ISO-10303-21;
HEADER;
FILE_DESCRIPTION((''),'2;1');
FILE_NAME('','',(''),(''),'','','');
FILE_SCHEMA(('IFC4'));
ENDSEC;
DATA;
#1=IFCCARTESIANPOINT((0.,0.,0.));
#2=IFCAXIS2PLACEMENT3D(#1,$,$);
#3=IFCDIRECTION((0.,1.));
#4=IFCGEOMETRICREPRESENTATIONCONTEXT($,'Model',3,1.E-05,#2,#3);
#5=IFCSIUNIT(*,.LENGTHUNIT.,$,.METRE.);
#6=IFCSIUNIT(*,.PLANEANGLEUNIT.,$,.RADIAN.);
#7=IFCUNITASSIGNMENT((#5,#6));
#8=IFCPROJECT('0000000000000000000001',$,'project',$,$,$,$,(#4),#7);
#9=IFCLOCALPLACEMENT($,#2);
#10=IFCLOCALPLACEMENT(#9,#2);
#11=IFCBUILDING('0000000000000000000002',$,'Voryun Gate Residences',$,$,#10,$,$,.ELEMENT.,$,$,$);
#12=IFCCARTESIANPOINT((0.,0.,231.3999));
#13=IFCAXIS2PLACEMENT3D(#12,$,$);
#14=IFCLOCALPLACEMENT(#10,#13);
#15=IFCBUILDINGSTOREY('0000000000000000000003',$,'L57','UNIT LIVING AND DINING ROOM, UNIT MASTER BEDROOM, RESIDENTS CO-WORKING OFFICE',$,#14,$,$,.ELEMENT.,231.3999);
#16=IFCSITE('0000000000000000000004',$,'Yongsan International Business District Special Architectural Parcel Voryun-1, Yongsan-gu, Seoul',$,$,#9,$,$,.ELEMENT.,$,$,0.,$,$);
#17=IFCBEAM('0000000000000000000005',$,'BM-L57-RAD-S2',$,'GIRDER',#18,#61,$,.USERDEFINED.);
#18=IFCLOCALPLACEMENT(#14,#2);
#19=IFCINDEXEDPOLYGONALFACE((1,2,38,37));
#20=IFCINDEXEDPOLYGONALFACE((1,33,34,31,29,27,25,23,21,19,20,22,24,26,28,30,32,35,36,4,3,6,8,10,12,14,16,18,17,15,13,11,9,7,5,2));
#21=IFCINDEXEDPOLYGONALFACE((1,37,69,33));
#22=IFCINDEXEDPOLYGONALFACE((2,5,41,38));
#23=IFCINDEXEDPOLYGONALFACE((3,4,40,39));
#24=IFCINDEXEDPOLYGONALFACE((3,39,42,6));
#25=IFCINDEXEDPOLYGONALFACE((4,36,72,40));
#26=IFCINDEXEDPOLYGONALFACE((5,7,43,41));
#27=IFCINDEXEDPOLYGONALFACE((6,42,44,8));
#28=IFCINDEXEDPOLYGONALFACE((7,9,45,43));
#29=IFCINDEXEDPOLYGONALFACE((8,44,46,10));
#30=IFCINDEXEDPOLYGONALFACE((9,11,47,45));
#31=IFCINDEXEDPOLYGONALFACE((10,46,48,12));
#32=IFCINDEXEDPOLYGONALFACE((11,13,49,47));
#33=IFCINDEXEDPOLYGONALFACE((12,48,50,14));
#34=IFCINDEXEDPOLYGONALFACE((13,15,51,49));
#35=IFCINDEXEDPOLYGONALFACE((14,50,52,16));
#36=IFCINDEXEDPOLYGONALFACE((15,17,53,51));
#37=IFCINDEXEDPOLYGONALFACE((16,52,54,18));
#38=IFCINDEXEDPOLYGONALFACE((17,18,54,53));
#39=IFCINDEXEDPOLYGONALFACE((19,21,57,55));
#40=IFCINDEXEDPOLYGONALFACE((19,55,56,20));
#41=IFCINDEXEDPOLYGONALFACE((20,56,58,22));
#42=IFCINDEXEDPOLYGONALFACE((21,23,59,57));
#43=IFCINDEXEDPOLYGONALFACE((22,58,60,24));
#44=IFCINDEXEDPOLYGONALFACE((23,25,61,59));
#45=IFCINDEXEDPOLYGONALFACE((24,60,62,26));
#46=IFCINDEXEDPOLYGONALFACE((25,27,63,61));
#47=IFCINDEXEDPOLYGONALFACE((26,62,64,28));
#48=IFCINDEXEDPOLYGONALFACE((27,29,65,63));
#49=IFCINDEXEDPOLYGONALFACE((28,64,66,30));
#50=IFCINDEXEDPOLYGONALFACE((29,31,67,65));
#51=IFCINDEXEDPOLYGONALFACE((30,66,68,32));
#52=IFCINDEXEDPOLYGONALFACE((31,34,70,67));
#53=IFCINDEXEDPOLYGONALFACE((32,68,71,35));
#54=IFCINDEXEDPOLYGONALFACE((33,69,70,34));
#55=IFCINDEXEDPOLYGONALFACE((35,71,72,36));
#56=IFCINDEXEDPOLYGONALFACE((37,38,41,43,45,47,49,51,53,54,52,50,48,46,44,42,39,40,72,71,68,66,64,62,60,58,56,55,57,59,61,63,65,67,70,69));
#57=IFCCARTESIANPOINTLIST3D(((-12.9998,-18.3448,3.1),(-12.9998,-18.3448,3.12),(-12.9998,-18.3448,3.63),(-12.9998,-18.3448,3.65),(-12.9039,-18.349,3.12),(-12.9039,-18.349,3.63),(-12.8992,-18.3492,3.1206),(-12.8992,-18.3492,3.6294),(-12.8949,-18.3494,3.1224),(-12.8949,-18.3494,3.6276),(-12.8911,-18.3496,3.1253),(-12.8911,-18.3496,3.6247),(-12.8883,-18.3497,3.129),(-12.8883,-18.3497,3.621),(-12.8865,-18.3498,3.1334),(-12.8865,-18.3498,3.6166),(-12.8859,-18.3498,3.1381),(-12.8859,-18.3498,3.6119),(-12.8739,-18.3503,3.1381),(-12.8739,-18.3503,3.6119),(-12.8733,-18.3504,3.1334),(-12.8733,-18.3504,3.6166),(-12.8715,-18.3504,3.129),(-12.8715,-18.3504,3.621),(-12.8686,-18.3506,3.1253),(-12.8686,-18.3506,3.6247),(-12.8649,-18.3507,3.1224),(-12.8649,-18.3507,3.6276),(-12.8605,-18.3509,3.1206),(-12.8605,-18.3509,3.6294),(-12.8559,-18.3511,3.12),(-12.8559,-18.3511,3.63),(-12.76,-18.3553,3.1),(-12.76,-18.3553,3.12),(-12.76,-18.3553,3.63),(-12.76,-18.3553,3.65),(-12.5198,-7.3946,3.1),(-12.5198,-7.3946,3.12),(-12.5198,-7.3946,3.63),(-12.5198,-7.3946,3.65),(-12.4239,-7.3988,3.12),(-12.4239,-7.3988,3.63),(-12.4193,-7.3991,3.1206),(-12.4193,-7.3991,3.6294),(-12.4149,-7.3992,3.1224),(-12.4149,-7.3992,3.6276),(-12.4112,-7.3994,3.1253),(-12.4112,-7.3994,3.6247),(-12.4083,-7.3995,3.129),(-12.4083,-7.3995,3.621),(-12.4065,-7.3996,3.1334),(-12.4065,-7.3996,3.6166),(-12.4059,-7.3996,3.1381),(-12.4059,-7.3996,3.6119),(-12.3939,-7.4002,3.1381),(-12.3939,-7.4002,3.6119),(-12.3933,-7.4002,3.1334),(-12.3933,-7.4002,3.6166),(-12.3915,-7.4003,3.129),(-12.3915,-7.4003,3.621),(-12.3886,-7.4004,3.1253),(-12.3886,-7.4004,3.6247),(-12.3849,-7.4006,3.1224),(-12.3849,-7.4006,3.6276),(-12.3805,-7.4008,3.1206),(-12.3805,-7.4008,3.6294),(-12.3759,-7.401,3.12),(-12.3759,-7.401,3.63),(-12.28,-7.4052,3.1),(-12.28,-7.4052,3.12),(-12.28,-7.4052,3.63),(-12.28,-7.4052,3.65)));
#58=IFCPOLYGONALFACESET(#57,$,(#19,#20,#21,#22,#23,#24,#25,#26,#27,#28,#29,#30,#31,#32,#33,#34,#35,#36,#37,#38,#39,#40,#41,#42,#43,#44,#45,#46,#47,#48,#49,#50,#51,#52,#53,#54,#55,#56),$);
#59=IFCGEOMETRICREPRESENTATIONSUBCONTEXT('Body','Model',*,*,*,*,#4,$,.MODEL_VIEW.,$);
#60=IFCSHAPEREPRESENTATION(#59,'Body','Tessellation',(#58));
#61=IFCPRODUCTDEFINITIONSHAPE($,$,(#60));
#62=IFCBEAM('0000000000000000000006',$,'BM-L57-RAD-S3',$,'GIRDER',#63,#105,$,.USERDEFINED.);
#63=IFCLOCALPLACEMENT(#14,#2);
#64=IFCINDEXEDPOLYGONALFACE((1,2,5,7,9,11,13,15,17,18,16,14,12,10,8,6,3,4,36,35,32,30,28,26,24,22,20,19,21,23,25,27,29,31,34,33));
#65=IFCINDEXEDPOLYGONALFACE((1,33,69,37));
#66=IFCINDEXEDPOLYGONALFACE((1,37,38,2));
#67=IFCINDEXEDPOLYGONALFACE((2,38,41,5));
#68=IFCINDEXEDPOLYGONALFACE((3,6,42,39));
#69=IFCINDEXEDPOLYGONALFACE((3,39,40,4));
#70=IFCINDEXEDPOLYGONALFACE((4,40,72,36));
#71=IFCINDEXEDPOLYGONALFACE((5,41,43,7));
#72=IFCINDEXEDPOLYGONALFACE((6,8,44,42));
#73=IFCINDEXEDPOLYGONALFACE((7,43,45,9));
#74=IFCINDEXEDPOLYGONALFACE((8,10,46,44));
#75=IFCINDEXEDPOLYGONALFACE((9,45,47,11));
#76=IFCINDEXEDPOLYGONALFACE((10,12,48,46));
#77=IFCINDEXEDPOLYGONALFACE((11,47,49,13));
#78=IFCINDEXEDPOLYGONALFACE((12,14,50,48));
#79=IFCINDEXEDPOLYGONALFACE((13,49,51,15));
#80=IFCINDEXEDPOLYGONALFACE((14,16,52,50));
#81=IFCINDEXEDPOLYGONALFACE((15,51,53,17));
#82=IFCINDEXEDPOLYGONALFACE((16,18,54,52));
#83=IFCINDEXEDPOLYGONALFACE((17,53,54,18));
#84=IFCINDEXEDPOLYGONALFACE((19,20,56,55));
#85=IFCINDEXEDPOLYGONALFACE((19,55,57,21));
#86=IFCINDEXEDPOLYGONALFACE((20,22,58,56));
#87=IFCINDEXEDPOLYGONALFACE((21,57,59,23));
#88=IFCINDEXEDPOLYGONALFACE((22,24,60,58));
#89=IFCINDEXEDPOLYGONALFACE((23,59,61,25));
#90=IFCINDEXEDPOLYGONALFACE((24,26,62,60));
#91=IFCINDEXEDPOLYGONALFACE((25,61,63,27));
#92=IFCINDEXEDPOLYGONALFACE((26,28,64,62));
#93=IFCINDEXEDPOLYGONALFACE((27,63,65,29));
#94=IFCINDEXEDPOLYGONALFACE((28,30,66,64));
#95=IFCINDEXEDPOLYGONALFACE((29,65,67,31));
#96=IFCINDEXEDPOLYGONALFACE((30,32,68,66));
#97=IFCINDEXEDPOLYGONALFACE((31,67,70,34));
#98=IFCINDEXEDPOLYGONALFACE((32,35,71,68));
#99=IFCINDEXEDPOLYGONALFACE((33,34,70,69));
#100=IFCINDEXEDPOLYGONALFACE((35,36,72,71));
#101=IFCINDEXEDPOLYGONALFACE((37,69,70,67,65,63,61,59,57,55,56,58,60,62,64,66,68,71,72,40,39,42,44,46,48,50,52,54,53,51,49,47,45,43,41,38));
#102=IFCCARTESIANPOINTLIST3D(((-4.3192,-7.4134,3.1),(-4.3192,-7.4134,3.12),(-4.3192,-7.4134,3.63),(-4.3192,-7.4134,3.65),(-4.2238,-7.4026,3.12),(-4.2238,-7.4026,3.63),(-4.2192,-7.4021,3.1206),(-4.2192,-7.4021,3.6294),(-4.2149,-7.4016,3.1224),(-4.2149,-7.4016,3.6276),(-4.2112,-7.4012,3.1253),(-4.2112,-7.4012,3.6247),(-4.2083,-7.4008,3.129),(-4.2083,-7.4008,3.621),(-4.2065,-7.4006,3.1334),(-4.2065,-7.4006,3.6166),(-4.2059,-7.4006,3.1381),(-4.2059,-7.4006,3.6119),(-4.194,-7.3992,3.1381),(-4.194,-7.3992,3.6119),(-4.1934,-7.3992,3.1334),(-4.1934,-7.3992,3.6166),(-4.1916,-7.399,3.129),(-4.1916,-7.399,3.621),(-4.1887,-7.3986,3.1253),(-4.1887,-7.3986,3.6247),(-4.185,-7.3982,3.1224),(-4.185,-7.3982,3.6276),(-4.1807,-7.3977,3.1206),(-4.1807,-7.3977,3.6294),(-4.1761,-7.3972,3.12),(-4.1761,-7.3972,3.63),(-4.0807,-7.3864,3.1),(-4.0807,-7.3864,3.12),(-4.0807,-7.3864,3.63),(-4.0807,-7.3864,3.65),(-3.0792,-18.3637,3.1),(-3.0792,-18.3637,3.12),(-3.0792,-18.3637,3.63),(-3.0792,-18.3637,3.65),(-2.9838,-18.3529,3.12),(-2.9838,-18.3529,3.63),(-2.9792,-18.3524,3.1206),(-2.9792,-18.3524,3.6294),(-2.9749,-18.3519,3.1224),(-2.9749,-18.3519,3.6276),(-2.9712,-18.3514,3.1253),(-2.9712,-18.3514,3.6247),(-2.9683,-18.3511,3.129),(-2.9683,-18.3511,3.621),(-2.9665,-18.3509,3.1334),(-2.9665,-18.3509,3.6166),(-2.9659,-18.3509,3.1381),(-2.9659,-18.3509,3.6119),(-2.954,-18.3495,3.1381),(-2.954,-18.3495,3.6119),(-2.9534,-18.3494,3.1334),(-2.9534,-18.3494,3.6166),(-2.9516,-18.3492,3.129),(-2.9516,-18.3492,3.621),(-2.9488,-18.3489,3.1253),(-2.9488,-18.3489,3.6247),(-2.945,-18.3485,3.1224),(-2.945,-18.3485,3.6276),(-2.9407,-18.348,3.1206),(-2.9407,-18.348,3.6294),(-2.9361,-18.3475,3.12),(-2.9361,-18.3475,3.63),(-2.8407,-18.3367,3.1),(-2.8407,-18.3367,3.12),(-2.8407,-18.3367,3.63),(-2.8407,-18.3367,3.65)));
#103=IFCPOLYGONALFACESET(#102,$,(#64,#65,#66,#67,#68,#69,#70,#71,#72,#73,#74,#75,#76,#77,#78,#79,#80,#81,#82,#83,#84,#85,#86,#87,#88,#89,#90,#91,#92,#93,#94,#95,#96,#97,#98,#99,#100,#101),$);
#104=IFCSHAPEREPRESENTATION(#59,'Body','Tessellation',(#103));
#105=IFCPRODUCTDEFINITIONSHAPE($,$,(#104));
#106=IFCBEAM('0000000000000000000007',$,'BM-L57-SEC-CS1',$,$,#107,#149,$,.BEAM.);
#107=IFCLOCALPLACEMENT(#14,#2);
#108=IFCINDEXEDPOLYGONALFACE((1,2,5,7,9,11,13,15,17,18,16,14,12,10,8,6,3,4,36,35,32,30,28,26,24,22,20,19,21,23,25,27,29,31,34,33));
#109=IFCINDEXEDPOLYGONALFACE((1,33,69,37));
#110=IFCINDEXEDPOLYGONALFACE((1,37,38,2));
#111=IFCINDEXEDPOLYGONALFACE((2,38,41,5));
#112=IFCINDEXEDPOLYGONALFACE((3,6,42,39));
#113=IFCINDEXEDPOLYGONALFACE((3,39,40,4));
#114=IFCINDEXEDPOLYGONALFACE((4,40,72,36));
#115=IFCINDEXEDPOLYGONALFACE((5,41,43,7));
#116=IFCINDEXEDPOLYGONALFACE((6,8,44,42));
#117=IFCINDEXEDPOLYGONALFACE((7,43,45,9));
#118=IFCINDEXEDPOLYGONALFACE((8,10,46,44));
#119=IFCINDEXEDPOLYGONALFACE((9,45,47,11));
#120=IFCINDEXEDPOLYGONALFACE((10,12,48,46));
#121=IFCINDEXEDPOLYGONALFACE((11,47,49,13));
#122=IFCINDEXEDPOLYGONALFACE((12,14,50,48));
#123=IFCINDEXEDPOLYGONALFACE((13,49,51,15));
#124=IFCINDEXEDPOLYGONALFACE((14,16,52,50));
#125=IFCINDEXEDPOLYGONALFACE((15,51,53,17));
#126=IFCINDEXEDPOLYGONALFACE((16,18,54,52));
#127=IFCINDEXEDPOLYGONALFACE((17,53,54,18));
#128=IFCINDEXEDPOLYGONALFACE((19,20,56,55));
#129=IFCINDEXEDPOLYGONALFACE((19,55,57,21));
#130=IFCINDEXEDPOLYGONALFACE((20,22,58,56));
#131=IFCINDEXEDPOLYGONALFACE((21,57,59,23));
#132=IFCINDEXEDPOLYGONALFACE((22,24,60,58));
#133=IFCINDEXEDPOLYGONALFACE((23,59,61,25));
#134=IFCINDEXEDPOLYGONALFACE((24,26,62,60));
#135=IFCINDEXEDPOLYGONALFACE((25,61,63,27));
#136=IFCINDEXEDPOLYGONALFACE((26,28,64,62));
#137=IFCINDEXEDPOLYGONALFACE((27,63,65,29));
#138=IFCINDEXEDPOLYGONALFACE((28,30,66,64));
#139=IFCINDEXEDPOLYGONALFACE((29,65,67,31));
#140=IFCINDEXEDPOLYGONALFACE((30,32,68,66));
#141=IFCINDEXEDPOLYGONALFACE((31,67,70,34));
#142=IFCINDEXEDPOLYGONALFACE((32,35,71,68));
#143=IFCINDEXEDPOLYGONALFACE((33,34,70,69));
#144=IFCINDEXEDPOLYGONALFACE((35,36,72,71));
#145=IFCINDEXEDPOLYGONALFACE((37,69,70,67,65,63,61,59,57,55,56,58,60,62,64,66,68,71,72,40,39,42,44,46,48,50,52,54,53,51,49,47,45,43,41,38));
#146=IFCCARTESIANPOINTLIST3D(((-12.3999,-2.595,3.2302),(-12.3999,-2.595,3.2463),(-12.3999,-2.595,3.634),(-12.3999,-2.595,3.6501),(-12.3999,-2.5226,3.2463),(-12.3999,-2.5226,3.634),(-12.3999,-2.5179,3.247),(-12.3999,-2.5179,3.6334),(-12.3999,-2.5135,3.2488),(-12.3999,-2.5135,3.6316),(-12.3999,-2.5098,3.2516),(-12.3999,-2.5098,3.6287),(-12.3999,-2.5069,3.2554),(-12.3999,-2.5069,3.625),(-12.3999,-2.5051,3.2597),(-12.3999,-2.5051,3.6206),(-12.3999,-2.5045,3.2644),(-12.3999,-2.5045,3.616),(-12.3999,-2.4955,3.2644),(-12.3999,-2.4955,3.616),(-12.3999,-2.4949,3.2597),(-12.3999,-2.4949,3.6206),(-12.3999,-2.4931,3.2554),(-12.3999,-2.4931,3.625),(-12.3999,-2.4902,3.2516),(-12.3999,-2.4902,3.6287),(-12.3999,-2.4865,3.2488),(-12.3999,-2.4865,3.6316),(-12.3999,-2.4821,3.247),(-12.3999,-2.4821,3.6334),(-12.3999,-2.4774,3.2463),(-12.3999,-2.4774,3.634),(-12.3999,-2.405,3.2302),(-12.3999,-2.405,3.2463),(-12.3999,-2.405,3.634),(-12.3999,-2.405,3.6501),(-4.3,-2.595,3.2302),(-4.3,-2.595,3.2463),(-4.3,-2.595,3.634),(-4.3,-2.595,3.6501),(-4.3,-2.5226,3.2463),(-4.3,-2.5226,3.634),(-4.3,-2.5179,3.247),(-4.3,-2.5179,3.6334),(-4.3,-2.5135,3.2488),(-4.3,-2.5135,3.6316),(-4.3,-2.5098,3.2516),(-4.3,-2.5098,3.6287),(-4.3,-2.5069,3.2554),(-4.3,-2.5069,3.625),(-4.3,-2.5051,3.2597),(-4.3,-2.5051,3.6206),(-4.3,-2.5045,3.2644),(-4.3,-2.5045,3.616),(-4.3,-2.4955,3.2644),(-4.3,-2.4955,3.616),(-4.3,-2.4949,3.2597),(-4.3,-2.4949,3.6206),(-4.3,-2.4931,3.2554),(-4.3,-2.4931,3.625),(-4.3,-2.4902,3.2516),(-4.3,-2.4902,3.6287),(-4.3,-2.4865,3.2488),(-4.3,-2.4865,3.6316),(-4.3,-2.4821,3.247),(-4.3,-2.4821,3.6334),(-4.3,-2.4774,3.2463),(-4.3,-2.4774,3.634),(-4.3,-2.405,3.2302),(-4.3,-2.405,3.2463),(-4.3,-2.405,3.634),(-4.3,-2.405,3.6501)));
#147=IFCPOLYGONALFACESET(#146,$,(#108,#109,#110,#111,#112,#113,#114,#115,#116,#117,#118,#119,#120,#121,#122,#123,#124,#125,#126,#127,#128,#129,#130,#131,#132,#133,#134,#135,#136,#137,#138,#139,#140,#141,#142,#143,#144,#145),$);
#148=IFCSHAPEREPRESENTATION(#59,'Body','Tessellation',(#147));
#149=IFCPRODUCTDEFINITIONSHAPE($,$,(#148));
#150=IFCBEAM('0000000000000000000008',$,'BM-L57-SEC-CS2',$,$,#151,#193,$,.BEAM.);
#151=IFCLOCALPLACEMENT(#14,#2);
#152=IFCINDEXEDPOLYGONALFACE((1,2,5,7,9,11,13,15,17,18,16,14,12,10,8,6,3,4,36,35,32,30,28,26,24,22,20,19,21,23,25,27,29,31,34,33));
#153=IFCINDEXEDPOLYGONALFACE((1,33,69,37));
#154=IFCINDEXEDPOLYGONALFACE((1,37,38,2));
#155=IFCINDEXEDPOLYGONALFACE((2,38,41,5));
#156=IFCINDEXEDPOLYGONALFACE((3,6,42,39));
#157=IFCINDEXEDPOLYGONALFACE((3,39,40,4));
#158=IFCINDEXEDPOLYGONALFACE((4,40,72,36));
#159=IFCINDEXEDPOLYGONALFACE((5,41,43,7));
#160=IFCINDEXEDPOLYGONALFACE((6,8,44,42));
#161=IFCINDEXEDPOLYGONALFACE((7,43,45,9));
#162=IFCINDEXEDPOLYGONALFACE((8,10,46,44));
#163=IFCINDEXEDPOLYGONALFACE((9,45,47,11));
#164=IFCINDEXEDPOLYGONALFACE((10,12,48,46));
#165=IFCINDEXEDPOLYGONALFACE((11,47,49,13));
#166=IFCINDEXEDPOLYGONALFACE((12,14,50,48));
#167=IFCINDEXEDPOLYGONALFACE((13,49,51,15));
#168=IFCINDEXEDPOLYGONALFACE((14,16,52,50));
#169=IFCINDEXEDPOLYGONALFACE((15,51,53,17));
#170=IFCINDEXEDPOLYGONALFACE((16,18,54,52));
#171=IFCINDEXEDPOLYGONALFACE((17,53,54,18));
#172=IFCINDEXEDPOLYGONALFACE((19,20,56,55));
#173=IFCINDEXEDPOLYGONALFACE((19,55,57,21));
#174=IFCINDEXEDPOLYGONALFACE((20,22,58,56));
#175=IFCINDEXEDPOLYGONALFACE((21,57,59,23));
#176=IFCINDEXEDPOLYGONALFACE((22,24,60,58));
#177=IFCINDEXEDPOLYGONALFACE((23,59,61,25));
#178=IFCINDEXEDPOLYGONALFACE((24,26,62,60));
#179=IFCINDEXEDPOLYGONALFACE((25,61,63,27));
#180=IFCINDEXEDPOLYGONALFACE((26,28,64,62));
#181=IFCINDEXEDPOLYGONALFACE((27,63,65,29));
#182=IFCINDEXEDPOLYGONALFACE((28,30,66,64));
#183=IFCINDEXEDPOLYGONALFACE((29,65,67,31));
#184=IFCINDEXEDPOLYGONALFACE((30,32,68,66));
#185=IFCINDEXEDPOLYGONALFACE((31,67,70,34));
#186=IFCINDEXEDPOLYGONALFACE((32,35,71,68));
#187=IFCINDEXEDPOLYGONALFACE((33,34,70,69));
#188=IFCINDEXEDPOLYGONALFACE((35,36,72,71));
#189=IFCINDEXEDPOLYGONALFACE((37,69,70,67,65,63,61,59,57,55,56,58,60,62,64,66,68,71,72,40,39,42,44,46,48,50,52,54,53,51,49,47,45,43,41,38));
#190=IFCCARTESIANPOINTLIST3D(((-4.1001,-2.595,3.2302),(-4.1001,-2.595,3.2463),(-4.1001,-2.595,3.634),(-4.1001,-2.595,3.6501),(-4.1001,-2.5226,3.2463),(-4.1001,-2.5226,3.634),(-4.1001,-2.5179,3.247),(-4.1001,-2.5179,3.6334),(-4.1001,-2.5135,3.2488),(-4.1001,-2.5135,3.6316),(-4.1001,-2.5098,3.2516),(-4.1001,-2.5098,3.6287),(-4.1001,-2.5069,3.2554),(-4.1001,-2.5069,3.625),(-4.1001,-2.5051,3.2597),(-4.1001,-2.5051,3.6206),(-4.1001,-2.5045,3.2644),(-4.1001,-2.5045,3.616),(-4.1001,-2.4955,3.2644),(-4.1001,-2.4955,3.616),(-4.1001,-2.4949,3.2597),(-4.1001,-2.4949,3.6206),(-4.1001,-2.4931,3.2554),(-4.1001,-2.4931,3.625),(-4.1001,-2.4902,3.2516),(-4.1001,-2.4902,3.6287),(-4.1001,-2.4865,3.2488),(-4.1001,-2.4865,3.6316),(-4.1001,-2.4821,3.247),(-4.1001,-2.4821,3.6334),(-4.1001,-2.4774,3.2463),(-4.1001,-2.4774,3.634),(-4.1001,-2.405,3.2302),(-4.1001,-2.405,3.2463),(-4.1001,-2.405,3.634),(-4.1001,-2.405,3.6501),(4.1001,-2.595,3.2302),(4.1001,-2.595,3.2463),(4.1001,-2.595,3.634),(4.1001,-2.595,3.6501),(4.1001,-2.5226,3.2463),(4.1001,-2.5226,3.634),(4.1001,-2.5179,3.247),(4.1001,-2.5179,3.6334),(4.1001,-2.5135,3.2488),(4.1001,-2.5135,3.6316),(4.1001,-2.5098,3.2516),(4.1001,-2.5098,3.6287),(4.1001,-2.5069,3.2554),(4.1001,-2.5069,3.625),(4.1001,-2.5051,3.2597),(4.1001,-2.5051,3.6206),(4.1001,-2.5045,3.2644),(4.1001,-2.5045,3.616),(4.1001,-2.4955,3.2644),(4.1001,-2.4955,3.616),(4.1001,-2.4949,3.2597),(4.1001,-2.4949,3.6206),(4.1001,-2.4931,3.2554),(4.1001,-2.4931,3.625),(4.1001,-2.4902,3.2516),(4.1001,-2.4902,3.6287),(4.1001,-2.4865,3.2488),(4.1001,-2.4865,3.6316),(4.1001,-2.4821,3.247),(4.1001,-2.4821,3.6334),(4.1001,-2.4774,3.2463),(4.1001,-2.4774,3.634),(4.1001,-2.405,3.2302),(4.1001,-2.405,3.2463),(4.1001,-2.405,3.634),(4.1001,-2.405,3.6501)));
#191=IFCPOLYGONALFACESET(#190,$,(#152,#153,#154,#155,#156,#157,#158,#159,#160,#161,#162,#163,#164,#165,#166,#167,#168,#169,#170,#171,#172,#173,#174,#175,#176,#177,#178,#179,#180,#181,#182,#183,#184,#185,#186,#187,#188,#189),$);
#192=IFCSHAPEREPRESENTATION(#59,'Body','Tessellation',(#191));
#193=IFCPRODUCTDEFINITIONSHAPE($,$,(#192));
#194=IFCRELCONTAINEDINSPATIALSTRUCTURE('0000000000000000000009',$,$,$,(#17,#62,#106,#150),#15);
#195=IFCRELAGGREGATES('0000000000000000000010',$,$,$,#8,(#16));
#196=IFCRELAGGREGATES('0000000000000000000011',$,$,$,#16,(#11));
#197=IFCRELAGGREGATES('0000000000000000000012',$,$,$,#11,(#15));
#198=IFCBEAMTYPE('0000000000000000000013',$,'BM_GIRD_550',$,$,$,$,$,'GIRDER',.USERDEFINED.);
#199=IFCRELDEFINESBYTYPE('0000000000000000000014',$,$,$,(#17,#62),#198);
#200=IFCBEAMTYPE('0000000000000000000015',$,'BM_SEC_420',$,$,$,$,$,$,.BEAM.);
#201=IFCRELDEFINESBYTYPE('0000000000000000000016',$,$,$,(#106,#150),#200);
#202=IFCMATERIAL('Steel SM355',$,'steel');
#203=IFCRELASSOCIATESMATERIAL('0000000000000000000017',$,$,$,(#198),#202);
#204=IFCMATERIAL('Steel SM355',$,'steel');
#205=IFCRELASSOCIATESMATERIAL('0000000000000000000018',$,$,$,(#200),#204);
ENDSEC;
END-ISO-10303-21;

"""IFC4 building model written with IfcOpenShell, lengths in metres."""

from ifc_helpers import new_model, si_unit, direction, frame, origin, origin_2d, place, context, subcontext, project, spatial, i_section, extrude, material, material_profile, profile_set, type_object, element, save


model = new_model("IFC4")

# Units and contexts
model_context = context("Model", 3, precision=1e-05, world=origin(), true_north=direction((0.0, 1.0)))
body_context = subcontext(model_context, "Body", "Model", "MODEL_VIEW")
ifc_project = project(units=[si_unit("LENGTHUNIT", "METRE"), si_unit("PLANEANGLEUNIT", "RADIAN")], contexts=[model_context])

# Site, building, storey
site_placement = place(None, origin())
site = spatial("IfcSite", under=ifc_project, at=site_placement, Name="Yongsan International Business District Special Architectural Parcel Voryun-1, Yongsan-gu, Seoul", CompositionType="ELEMENT", RefElevation=0.0)
building_placement = place(site_placement, origin())
building = spatial("IfcBuilding", under=site, at=building_placement, Name="Voryun Gate Residences", CompositionType="ELEMENT")
storey_placement = place(building_placement, frame((0.0, 0.0, 231.3999)))
storey = spatial("IfcBuildingStorey", under=building, at=storey_placement, Name="L57", Description="UNIT LIVING AND DINING ROOM, UNIT MASTER BEDROOM, RESIDENTS CO-WORKING OFFICE", CompositionType="ELEMENT", Elevation=231.3999)

# Beams
ifc_material_1 = material(Name="Steel SM355", Category="steel")
ifc_material_profile_1 = material_profile(ifc_material_1, i_section(OverallWidth=0.24, OverallDepth=0.55, WebThickness=0.012, FlangeThickness=0.02, FilletRadius=0.0181, at=origin_2d()), Name="H-550x240x12x20")
ifc_profile_set_1 = profile_set([ifc_material_profile_1], Name="Steel SM355")
beam_type_1 = type_object("IfcBeamType", Name="BM_GIRD_550", ElementType="GIRDER", PredefinedType="USERDEFINED", material=ifc_profile_set_1)
beam_1_placement = place(storey_placement, frame((-12.3999, -7.3999, 3.375), z_axis=(-0.043791, -0.999041, 0.0), x_axis=(0.999041, -0.043791, 0.0)))
element("IfcBeam", 1, at=beam_1_placement, inside=storey, type_object=beam_type_1, Name="BM-L57-RAD-S2", ObjectType="GIRDER", PredefinedType="USERDEFINED", context=body_context, shape_type="SweptSolid", body=[
    extrude(i_section(OverallWidth=0.24, OverallDepth=0.55, WebThickness=0.012, FlangeThickness=0.02, FilletRadius=0.0181, at=origin_2d()), origin(), (0.0, 0.0, 1.0), 10.9607),
])
beam_2_placement = place(storey_placement, frame((-4.2, -7.3999, 3.375), z_axis=(0.11252, -0.993649, 0.0), x_axis=(0.993649, 0.11252, 0.0)))
element("IfcBeam", 2, at=beam_2_placement, inside=storey, type_object=beam_type_1, Name="BM-L57-RAD-S3", ObjectType="GIRDER", PredefinedType="USERDEFINED", context=body_context, shape_type="SweptSolid", body=[
    extrude(i_section(OverallWidth=0.24, OverallDepth=0.55, WebThickness=0.012, FlangeThickness=0.02, FilletRadius=0.0181, at=origin_2d()), origin(), (0.0, 0.0, 1.0), 11.0203),
])
ifc_material_2 = material(Name="Steel SM355", Category="steel")
ifc_material_profile_2 = material_profile(ifc_material_2, i_section(OverallWidth=0.1899, OverallDepth=0.4199, WebThickness=0.009, FlangeThickness=0.0161, FilletRadius=0.0181, at=origin_2d()), Name="H-420x190x9x16")
ifc_profile_set_2 = profile_set([ifc_material_profile_2], Name="Steel SM355")
beam_type_2 = type_object("IfcBeamType", Name="BM_SEC_420", PredefinedType="BEAM", material=ifc_profile_set_2)
beam_3_placement = place(storey_placement, frame((-12.3999, -2.5, 3.4402), z_axis=(1.0, 0.0, 0.0), x_axis=(0.0, 1.0, 0.0)))
element("IfcBeam", 3, at=beam_3_placement, inside=storey, type_object=beam_type_2, Name="BM-L57-SEC-CS1", PredefinedType="BEAM", context=body_context, shape_type="SweptSolid", body=[
    extrude(i_section(OverallWidth=0.1899, OverallDepth=0.4199, WebThickness=0.009, FlangeThickness=0.0161, FilletRadius=0.0181, at=origin_2d()), origin(), (0.0, 0.0, 1.0), 8.0999),
])
beam_4_placement = place(storey_placement, frame((-4.1001, -2.5, 3.4402), z_axis=(1.0, 0.0, 0.0), x_axis=(0.0, 1.0, 0.0)))
element("IfcBeam", 4, at=beam_4_placement, inside=storey, type_object=beam_type_2, Name="BM-L57-SEC-CS2", PredefinedType="BEAM", context=body_context, shape_type="SweptSolid", body=[
    extrude(i_section(OverallWidth=0.1899, OverallDepth=0.4199, WebThickness=0.009, FlangeThickness=0.0161, FilletRadius=0.0181, at=origin_2d()), origin(), (0.0, 0.0, 1.0), 8.2002),
])

save(model, "model.ifc")
